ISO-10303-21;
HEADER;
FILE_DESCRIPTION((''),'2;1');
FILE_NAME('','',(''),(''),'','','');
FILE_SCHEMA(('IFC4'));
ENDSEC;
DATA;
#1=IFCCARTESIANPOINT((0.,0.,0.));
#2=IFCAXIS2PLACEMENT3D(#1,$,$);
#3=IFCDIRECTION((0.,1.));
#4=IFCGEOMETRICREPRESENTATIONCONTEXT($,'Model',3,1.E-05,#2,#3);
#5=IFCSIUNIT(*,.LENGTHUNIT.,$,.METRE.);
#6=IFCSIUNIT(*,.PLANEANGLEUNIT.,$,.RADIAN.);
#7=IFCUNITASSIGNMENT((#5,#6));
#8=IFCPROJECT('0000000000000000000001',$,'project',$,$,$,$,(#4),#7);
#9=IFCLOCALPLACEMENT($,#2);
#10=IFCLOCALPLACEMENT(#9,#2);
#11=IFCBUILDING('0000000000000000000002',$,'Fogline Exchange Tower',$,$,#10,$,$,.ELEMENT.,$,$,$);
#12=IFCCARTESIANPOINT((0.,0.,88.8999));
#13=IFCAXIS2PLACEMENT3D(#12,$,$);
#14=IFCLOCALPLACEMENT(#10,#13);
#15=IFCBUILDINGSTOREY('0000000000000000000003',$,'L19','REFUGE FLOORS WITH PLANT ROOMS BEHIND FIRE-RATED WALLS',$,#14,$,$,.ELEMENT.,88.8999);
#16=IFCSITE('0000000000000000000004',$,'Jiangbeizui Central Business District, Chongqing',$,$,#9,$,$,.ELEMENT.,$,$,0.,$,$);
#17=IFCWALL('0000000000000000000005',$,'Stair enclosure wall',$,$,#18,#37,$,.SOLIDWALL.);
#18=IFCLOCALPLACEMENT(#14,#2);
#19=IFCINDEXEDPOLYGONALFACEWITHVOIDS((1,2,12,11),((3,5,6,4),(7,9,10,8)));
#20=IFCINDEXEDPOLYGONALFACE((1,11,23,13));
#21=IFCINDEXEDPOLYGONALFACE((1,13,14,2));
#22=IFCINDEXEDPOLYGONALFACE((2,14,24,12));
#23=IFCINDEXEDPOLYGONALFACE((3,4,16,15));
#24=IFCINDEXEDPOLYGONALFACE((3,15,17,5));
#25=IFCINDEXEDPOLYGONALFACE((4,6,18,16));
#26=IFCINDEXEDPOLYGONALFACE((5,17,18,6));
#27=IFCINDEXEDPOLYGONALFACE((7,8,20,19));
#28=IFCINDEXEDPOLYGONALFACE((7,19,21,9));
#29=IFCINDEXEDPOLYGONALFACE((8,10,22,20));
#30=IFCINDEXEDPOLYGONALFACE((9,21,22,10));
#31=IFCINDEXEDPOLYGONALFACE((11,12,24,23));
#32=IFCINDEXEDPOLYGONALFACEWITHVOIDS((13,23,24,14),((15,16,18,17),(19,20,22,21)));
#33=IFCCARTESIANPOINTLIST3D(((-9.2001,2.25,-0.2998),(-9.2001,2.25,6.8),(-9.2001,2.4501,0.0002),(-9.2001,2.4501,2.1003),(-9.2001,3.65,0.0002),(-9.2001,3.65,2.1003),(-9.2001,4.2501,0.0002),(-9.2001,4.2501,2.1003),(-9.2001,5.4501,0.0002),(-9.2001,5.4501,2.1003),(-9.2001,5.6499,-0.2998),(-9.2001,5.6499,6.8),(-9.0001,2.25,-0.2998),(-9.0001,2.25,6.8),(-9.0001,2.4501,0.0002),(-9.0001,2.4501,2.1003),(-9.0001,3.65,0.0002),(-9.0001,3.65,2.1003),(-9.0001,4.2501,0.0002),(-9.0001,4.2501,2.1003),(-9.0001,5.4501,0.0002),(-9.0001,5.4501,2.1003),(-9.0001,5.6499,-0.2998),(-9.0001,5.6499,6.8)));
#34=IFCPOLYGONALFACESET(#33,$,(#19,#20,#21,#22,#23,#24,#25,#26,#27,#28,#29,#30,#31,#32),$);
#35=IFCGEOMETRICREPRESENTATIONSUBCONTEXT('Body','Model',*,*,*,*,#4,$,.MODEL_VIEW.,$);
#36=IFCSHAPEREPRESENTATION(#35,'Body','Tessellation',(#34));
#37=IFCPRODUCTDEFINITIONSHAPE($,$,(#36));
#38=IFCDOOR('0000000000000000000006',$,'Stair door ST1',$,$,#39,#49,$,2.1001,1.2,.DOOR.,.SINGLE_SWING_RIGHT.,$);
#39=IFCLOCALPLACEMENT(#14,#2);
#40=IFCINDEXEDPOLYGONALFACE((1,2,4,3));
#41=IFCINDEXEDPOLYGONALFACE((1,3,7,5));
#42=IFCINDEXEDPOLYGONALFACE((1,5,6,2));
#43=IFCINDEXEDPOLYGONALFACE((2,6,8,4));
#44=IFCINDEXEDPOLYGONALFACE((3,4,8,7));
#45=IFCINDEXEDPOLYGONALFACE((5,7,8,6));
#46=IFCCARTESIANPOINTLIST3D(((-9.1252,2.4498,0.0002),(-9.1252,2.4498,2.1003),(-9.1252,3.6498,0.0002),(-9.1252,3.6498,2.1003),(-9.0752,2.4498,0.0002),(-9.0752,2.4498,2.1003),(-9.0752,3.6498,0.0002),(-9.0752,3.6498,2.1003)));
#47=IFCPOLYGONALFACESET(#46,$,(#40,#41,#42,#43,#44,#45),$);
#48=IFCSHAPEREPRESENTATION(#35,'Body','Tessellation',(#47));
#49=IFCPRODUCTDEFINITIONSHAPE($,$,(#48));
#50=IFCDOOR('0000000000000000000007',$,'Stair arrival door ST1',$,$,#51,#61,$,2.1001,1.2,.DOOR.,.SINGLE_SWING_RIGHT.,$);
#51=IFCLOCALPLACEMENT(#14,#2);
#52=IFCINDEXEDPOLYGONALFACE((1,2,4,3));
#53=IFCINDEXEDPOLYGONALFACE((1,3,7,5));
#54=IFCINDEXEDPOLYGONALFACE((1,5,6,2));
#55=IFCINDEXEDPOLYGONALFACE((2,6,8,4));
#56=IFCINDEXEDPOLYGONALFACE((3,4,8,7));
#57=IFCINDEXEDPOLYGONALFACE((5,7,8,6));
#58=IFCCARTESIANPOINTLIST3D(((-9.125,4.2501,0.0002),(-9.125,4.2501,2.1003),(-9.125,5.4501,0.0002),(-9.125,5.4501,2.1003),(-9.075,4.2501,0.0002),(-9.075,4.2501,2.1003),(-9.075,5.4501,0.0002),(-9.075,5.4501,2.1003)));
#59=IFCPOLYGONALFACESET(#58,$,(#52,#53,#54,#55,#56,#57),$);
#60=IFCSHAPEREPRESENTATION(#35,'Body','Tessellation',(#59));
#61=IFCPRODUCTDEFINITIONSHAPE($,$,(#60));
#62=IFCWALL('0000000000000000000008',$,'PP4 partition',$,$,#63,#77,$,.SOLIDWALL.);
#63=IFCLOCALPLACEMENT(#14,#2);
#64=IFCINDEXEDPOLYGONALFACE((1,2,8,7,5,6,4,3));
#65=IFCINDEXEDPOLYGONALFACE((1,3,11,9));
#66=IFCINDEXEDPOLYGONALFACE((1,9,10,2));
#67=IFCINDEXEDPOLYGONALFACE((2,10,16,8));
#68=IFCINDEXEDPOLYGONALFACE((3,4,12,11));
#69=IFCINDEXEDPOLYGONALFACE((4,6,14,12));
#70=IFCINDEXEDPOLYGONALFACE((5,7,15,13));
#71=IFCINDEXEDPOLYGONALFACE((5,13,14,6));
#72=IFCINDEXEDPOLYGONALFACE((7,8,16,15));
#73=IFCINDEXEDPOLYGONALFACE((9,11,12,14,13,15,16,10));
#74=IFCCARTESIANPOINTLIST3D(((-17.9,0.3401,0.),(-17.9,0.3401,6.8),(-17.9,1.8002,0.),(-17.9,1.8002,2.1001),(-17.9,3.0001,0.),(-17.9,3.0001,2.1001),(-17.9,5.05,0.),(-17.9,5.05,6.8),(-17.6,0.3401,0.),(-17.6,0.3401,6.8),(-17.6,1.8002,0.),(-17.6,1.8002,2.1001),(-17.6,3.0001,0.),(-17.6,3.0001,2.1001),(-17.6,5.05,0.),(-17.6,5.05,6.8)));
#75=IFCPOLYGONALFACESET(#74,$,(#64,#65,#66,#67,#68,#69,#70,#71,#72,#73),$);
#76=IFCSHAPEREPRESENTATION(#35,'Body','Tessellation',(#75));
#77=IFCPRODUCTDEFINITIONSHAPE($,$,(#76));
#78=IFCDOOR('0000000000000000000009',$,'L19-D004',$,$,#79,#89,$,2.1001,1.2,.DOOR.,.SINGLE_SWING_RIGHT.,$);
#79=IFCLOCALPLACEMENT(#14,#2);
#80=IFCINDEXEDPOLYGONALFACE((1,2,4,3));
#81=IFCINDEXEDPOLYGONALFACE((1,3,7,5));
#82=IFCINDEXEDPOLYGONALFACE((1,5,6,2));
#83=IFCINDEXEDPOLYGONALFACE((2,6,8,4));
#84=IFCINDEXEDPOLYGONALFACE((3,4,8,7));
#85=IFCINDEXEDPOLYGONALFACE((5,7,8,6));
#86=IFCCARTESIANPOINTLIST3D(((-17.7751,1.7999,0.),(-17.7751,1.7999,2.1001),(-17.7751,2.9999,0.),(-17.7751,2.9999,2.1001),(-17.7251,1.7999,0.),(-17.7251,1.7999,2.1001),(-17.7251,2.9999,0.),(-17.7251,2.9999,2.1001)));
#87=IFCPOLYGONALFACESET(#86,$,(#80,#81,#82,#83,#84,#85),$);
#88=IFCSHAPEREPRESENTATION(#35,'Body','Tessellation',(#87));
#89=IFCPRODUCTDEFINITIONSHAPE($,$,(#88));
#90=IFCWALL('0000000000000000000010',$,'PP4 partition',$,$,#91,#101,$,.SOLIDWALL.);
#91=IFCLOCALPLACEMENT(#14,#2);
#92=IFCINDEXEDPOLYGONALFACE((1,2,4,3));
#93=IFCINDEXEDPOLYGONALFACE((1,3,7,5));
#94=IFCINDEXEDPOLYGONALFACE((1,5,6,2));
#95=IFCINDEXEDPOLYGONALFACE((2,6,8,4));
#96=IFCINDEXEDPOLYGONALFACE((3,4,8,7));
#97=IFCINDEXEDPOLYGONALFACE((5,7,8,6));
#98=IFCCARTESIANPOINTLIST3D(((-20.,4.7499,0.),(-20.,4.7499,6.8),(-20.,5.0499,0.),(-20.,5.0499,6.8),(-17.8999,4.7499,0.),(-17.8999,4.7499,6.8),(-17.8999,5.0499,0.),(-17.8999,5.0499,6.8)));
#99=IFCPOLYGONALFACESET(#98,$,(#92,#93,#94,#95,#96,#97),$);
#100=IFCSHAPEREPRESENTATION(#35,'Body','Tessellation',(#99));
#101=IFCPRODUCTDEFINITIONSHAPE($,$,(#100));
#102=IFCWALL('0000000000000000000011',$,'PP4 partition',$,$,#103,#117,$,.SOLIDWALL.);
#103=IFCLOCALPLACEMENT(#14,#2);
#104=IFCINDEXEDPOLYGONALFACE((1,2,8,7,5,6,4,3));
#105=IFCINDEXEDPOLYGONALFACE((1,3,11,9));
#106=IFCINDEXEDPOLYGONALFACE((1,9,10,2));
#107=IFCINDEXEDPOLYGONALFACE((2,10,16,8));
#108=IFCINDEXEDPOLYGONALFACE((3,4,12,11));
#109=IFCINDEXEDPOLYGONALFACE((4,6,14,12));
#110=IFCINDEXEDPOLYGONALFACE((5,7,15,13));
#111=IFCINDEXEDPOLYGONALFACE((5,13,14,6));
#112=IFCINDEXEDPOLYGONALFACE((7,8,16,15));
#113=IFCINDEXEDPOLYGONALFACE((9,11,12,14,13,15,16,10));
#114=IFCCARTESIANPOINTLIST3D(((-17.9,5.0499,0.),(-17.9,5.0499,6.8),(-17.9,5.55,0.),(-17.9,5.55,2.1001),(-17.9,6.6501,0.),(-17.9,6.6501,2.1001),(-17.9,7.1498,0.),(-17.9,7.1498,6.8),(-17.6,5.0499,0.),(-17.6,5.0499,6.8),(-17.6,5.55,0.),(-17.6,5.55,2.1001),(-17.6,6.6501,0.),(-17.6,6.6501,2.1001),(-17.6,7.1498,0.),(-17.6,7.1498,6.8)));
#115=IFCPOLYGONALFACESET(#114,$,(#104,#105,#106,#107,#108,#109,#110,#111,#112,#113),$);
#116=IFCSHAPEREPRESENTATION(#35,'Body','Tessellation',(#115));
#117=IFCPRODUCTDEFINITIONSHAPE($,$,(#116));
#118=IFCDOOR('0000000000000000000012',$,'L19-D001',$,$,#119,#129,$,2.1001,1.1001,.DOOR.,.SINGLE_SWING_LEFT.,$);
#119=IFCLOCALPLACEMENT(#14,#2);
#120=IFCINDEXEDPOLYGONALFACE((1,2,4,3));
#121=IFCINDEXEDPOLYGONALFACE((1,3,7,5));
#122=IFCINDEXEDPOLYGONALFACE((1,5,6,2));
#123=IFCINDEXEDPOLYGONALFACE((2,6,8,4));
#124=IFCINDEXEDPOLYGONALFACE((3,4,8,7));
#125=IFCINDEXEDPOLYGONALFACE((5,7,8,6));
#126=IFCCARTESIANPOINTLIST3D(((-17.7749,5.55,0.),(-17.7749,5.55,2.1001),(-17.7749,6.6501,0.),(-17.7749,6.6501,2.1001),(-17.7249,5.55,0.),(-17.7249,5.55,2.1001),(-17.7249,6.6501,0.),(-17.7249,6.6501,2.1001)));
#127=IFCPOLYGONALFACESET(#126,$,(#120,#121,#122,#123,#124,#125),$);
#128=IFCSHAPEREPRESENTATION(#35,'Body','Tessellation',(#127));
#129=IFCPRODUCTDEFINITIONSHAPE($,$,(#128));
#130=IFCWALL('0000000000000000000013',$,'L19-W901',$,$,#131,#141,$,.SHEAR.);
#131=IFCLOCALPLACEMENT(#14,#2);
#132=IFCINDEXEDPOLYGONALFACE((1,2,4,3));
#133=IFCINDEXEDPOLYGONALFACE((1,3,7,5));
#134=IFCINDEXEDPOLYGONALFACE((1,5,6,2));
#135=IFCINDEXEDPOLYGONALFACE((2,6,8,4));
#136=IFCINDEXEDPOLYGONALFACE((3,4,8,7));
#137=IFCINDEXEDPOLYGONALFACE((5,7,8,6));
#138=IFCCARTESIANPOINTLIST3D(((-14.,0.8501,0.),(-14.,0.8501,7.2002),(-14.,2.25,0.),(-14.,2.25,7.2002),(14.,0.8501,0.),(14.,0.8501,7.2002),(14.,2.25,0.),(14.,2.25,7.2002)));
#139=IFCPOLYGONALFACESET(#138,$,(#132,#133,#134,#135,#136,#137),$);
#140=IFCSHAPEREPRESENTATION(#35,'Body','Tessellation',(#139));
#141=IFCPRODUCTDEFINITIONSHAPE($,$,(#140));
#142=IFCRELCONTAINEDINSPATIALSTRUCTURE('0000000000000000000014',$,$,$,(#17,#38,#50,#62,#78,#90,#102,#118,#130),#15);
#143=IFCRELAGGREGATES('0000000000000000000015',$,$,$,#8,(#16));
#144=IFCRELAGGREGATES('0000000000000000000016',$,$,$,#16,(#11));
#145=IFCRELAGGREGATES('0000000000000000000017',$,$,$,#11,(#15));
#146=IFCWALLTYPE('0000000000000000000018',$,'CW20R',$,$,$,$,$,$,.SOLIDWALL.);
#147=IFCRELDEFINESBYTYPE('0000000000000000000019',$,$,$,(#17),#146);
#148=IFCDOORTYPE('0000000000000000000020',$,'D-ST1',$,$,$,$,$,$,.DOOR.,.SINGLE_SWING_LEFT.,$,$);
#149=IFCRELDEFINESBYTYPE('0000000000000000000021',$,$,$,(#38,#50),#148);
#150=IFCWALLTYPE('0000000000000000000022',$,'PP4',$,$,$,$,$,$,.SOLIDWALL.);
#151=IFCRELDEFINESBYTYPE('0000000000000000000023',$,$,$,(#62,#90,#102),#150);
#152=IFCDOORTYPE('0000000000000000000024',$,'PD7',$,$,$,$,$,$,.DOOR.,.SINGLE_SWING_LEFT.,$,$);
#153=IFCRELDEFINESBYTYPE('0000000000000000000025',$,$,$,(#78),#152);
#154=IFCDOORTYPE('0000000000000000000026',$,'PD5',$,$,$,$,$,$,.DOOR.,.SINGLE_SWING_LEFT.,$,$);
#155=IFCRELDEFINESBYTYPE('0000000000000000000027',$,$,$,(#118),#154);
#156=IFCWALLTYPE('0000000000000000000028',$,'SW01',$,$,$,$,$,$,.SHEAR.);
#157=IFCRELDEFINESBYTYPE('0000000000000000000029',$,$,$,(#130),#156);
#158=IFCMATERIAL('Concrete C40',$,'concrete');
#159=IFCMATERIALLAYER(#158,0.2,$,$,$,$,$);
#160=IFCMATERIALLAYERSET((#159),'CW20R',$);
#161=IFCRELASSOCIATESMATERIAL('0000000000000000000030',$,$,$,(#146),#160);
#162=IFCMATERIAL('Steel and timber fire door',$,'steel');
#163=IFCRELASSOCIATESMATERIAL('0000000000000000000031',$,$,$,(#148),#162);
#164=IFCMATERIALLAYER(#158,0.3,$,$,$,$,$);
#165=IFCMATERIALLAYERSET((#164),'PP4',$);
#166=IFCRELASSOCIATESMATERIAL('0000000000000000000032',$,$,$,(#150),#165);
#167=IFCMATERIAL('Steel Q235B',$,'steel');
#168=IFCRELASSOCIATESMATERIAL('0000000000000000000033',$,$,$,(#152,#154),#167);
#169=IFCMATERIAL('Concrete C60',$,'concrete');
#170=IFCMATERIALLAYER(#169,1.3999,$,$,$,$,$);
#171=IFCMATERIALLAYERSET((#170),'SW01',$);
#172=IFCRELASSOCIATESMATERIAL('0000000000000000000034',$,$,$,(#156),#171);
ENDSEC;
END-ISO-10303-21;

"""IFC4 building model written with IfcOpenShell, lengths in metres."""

from ifc_helpers import new_model, si_unit, direction, frame, frame_2d, origin, place, context, subcontext, project, spatial, rectangle, extrude, material, layer, layer_set, type_object, element, fill, save


model = new_model("IFC4")

# Units and contexts
model_context = context("Model", 3, precision=1e-05, world=origin(), true_north=direction((0.0, 1.0)))
body_context = subcontext(model_context, "Body", "Model", "MODEL_VIEW")
ifc_project = project(units=[si_unit("LENGTHUNIT", "METRE"), si_unit("PLANEANGLEUNIT", "RADIAN")], contexts=[model_context])

# Site, building, storey
site_placement = place(None, origin())
site = spatial("IfcSite", under=ifc_project, at=site_placement, Name="Jiangbeizui Central Business District, Chongqing", CompositionType="ELEMENT", RefElevation=0.0)
building_placement = place(site_placement, origin())
building = spatial("IfcBuilding", under=site, at=building_placement, Name="Fogline Exchange Tower", CompositionType="ELEMENT")
storey_placement = place(building_placement, frame((0.0, 0.0, 88.8999)))
storey = spatial("IfcBuildingStorey", under=building, at=storey_placement, Name="L19", Description="REFUGE FLOORS WITH PLANT ROOMS BEHIND FIRE-RATED WALLS", CompositionType="ELEMENT", Elevation=88.8999)

# Shared definitions
ifc_material_1 = material(Name="Concrete C40", Category="concrete")

# Shared definitions
ifc_material_2 = material(Name="Steel and timber fire door", Category="steel")

# Shared definitions
ifc_layer_1 = layer(ifc_material_1, 0.2)
ifc_layer_set_1 = layer_set([ifc_layer_1], Name="CW20R")
wall_type_1 = type_object("IfcWallType", Name="CW20R", PredefinedType="SOLIDWALL", material=ifc_layer_set_1)

# Wall, openings, doors
wall_1_placement = place(storey_placement, frame((-9.1001, 2.25, -0.2998), z_axis=(0.0, 0.0, 1.0), x_axis=(0.0, 1.0, 0.0)))
wall_1 = element("IfcWall", 1, at=wall_1_placement, inside=storey, type_object=wall_type_1, Name="Stair enclosure wall", PredefinedType="SOLIDWALL", context=body_context, shape_type="SweptSolid", body=[
    extrude(rectangle(XDim=3.3999, YDim=0.2, at=frame_2d((1.7, 0.0))), origin(), (0.0, 0.0, 1.0), 7.0999),
])
opening_1_placement = place(wall_1_placement, frame((0.2, 0.0, 0.3)))
opening_1 = element("IfcOpeningElement", 2, at=opening_1_placement, cuts=wall_1, PredefinedType="OPENING", context=body_context, shape_type="SweptSolid", body=[
    extrude(rectangle(XDim=1.2, YDim=2.1001, at=frame_2d((0.6001, 1.05))), frame((0.0, 0.1099, 0.0), z_axis=(0.0, -1.0, 0.0), x_axis=(1.0, 0.0, 0.0)), (0.0, 0.0, 1.0), 0.22),
])
opening_2_placement = place(wall_1_placement, frame((2.0, 0.0, 0.3)))
opening_2 = element("IfcOpeningElement", 3, at=opening_2_placement, cuts=wall_1, PredefinedType="OPENING", context=body_context, shape_type="SweptSolid", body=[
    extrude(rectangle(XDim=1.2, YDim=2.1001, at=frame_2d((0.6001, 1.05))), frame((0.0, 0.1099, 0.0), z_axis=(0.0, -1.0, 0.0), x_axis=(1.0, 0.0, 0.0)), (0.0, 0.0, 1.0), 0.22),
])
door_type_1 = type_object("IfcDoorType", Name="D-ST1", OperationType="SINGLE_SWING_LEFT", PredefinedType="DOOR", material=ifc_material_2)
door_1_placement = place(opening_1_placement, frame((1.2, 0.0, 0.0), z_axis=(0.0, 0.0, 1.0), x_axis=(-1.0, 0.0, 0.0)))
door_1 = element("IfcDoor", 4, at=door_1_placement, inside=storey, type_object=door_type_1, Name="Stair door ST1", OperationType="SINGLE_SWING_RIGHT", OverallHeight=2.1001, OverallWidth=1.2, PredefinedType="DOOR", context=body_context, shape_type="SweptSolid", body=[
    extrude(rectangle(XDim=1.2, YDim=2.1001, at=frame_2d((0.6001, 1.05))), frame((0.0, 0.0249, 0.0), z_axis=(0.0, -1.0, 0.0), x_axis=(1.0, 0.0, 0.0)), (0.0, 0.0, 1.0), 0.05),
])
fill(opening_1, door_1)
door_2_placement = place(opening_2_placement, origin())
door_2 = element("IfcDoor", 5, at=door_2_placement, inside=storey, type_object=door_type_1, Name="Stair arrival door ST1", OperationType="SINGLE_SWING_RIGHT", OverallHeight=2.1001, OverallWidth=1.2, PredefinedType="DOOR", context=body_context, shape_type="SweptSolid", body=[
    extrude(rectangle(XDim=1.2, YDim=2.1001, at=frame_2d((0.6001, 1.05))), frame((0.0, 0.0249, 0.0), z_axis=(0.0, -1.0, 0.0), x_axis=(1.0, 0.0, 0.0)), (0.0, 0.0, 1.0), 0.05),
])
fill(opening_2, door_2)

# Wall, opening, door
ifc_layer_2 = layer(ifc_material_1, 0.3)
ifc_layer_set_2 = layer_set([ifc_layer_2], Name="PP4")
wall_type_2 = type_object("IfcWallType", Name="PP4", PredefinedType="SOLIDWALL", material=ifc_layer_set_2)
wall_2_placement = place(storey_placement, frame((-17.75, 0.3401, 0.0), z_axis=(0.0, 0.0, 1.0), x_axis=(0.0, 1.0, 0.0)))
wall_2 = element("IfcWall", 6, at=wall_2_placement, inside=storey, type_object=wall_type_2, Name="PP4 partition", PredefinedType="SOLIDWALL", context=body_context, shape_type="SweptSolid", body=[
    extrude(rectangle(XDim=4.71, YDim=0.3, at=frame_2d((2.355, 0.0))), origin(), (0.0, 0.0, 1.0), 6.8),
])
opening_3_placement = place(wall_2_placement, frame((1.46, 0.0, 0.0)))
opening_3 = element("IfcOpeningElement", 7, at=opening_3_placement, cuts=wall_2, PredefinedType="OPENING", context=body_context, shape_type="SweptSolid", body=[
    extrude(rectangle(XDim=1.2, YDim=2.1001, at=frame_2d((0.6001, 1.05))), frame((0.0, 0.1602, 0.0), z_axis=(0.0, -1.0, 0.0), x_axis=(1.0, 0.0, 0.0)), (0.0, 0.0, 1.0), 0.3201),
])
ifc_material_3 = material(Name="Steel Q235B", Category="steel")
door_type_2 = type_object("IfcDoorType", Name="PD7", OperationType="SINGLE_SWING_LEFT", PredefinedType="DOOR", material=ifc_material_3)
door_3_placement = place(opening_3_placement, frame((1.2, 0.0, 0.0), z_axis=(0.0, 0.0, 1.0), x_axis=(-1.0, 0.0, 0.0)))
door_3 = element("IfcDoor", 8, at=door_3_placement, inside=storey, type_object=door_type_2, Name="L19-D004", OperationType="SINGLE_SWING_RIGHT", OverallHeight=2.1001, OverallWidth=1.2, PredefinedType="DOOR", context=body_context, shape_type="SweptSolid", body=[
    extrude(rectangle(XDim=1.2, YDim=2.1001, at=frame_2d((0.6001, 1.05))), frame((0.0, 0.0249, 0.0), z_axis=(0.0, -1.0, 0.0), x_axis=(1.0, 0.0, 0.0)), (0.0, 0.0, 1.0), 0.05),
])
fill(opening_3, door_3)

# Wall
wall_3_placement = place(storey_placement, frame((-17.8999, 4.8999, 0.0), z_axis=(0.0, 0.0, 1.0), x_axis=(-1.0, 0.0, 0.0)))
element("IfcWall", 9, at=wall_3_placement, inside=storey, type_object=wall_type_2, Name="PP4 partition", PredefinedType="SOLIDWALL", context=body_context, shape_type="SweptSolid", body=[
    extrude(rectangle(XDim=2.1001, YDim=0.3, at=frame_2d((1.05, 0.0))), origin(), (0.0, 0.0, 1.0), 6.8),
])

# Wall, opening, door
wall_4_placement = place(storey_placement, frame((-17.75, 5.05, 0.0), z_axis=(0.0, 0.0, 1.0), x_axis=(0.0, 1.0, 0.0)))
wall_4 = element("IfcWall", 10, at=wall_4_placement, inside=storey, type_object=wall_type_2, Name="PP4 partition", PredefinedType="SOLIDWALL", context=body_context, shape_type="SweptSolid", body=[
    extrude(rectangle(XDim=2.0999, YDim=0.3, at=frame_2d((1.0498, 0.0))), origin(), (0.0, 0.0, 1.0), 6.8),
])
opening_4_placement = place(wall_4_placement, frame((0.5, 0.0, 0.0)))
opening_4 = element("IfcOpeningElement", 11, at=opening_4_placement, cuts=wall_4, PredefinedType="OPENING", context=body_context, shape_type="SweptSolid", body=[
    extrude(rectangle(XDim=1.1001, YDim=2.1001, at=frame_2d((0.55, 1.05))), frame((0.0, 0.1602, 0.0), z_axis=(0.0, -1.0, 0.0), x_axis=(1.0, 0.0, 0.0)), (0.0, 0.0, 1.0), 0.3201),
])
door_type_3 = type_object("IfcDoorType", Name="PD5", OperationType="SINGLE_SWING_LEFT", PredefinedType="DOOR", material=ifc_material_3)
door_4_placement = place(opening_4_placement, origin())
door_4 = element("IfcDoor", 12, at=door_4_placement, inside=storey, type_object=door_type_3, Name="L19-D001", OperationType="SINGLE_SWING_LEFT", OverallHeight=2.1001, OverallWidth=1.1001, PredefinedType="DOOR", context=body_context, shape_type="SweptSolid", body=[
    extrude(rectangle(XDim=1.1001, YDim=2.1001, at=frame_2d((0.55, 1.05))), frame((0.0, 0.0249, 0.0), z_axis=(0.0, -1.0, 0.0), x_axis=(1.0, 0.0, 0.0)), (0.0, 0.0, 1.0), 0.05),
])
fill(opening_4, door_4)

# Wall
ifc_material_4 = material(Name="Concrete C60", Category="concrete")
ifc_layer_3 = layer(ifc_material_4, 1.3999)
ifc_layer_set_3 = layer_set([ifc_layer_3], Name="SW01")
wall_type_3 = type_object("IfcWallType", Name="SW01", PredefinedType="SHEAR", material=ifc_layer_set_3)
wall_5_placement = place(storey_placement, frame((-14.0, 1.55, 0.0), z_axis=(0.0, 0.0, 1.0), x_axis=(1.0, 0.0, 0.0)))
element("IfcWall", 13, at=wall_5_placement, inside=storey, type_object=wall_type_3, Name="L19-W901", PredefinedType="SHEAR", context=body_context, shape_type="SweptSolid", body=[
    extrude(rectangle(XDim=28.0, YDim=1.3999, at=frame_2d((14.0, 0.0))), origin(), (0.0, 0.0, 1.0), 7.2002),
])

save(model, "model.ifc")
